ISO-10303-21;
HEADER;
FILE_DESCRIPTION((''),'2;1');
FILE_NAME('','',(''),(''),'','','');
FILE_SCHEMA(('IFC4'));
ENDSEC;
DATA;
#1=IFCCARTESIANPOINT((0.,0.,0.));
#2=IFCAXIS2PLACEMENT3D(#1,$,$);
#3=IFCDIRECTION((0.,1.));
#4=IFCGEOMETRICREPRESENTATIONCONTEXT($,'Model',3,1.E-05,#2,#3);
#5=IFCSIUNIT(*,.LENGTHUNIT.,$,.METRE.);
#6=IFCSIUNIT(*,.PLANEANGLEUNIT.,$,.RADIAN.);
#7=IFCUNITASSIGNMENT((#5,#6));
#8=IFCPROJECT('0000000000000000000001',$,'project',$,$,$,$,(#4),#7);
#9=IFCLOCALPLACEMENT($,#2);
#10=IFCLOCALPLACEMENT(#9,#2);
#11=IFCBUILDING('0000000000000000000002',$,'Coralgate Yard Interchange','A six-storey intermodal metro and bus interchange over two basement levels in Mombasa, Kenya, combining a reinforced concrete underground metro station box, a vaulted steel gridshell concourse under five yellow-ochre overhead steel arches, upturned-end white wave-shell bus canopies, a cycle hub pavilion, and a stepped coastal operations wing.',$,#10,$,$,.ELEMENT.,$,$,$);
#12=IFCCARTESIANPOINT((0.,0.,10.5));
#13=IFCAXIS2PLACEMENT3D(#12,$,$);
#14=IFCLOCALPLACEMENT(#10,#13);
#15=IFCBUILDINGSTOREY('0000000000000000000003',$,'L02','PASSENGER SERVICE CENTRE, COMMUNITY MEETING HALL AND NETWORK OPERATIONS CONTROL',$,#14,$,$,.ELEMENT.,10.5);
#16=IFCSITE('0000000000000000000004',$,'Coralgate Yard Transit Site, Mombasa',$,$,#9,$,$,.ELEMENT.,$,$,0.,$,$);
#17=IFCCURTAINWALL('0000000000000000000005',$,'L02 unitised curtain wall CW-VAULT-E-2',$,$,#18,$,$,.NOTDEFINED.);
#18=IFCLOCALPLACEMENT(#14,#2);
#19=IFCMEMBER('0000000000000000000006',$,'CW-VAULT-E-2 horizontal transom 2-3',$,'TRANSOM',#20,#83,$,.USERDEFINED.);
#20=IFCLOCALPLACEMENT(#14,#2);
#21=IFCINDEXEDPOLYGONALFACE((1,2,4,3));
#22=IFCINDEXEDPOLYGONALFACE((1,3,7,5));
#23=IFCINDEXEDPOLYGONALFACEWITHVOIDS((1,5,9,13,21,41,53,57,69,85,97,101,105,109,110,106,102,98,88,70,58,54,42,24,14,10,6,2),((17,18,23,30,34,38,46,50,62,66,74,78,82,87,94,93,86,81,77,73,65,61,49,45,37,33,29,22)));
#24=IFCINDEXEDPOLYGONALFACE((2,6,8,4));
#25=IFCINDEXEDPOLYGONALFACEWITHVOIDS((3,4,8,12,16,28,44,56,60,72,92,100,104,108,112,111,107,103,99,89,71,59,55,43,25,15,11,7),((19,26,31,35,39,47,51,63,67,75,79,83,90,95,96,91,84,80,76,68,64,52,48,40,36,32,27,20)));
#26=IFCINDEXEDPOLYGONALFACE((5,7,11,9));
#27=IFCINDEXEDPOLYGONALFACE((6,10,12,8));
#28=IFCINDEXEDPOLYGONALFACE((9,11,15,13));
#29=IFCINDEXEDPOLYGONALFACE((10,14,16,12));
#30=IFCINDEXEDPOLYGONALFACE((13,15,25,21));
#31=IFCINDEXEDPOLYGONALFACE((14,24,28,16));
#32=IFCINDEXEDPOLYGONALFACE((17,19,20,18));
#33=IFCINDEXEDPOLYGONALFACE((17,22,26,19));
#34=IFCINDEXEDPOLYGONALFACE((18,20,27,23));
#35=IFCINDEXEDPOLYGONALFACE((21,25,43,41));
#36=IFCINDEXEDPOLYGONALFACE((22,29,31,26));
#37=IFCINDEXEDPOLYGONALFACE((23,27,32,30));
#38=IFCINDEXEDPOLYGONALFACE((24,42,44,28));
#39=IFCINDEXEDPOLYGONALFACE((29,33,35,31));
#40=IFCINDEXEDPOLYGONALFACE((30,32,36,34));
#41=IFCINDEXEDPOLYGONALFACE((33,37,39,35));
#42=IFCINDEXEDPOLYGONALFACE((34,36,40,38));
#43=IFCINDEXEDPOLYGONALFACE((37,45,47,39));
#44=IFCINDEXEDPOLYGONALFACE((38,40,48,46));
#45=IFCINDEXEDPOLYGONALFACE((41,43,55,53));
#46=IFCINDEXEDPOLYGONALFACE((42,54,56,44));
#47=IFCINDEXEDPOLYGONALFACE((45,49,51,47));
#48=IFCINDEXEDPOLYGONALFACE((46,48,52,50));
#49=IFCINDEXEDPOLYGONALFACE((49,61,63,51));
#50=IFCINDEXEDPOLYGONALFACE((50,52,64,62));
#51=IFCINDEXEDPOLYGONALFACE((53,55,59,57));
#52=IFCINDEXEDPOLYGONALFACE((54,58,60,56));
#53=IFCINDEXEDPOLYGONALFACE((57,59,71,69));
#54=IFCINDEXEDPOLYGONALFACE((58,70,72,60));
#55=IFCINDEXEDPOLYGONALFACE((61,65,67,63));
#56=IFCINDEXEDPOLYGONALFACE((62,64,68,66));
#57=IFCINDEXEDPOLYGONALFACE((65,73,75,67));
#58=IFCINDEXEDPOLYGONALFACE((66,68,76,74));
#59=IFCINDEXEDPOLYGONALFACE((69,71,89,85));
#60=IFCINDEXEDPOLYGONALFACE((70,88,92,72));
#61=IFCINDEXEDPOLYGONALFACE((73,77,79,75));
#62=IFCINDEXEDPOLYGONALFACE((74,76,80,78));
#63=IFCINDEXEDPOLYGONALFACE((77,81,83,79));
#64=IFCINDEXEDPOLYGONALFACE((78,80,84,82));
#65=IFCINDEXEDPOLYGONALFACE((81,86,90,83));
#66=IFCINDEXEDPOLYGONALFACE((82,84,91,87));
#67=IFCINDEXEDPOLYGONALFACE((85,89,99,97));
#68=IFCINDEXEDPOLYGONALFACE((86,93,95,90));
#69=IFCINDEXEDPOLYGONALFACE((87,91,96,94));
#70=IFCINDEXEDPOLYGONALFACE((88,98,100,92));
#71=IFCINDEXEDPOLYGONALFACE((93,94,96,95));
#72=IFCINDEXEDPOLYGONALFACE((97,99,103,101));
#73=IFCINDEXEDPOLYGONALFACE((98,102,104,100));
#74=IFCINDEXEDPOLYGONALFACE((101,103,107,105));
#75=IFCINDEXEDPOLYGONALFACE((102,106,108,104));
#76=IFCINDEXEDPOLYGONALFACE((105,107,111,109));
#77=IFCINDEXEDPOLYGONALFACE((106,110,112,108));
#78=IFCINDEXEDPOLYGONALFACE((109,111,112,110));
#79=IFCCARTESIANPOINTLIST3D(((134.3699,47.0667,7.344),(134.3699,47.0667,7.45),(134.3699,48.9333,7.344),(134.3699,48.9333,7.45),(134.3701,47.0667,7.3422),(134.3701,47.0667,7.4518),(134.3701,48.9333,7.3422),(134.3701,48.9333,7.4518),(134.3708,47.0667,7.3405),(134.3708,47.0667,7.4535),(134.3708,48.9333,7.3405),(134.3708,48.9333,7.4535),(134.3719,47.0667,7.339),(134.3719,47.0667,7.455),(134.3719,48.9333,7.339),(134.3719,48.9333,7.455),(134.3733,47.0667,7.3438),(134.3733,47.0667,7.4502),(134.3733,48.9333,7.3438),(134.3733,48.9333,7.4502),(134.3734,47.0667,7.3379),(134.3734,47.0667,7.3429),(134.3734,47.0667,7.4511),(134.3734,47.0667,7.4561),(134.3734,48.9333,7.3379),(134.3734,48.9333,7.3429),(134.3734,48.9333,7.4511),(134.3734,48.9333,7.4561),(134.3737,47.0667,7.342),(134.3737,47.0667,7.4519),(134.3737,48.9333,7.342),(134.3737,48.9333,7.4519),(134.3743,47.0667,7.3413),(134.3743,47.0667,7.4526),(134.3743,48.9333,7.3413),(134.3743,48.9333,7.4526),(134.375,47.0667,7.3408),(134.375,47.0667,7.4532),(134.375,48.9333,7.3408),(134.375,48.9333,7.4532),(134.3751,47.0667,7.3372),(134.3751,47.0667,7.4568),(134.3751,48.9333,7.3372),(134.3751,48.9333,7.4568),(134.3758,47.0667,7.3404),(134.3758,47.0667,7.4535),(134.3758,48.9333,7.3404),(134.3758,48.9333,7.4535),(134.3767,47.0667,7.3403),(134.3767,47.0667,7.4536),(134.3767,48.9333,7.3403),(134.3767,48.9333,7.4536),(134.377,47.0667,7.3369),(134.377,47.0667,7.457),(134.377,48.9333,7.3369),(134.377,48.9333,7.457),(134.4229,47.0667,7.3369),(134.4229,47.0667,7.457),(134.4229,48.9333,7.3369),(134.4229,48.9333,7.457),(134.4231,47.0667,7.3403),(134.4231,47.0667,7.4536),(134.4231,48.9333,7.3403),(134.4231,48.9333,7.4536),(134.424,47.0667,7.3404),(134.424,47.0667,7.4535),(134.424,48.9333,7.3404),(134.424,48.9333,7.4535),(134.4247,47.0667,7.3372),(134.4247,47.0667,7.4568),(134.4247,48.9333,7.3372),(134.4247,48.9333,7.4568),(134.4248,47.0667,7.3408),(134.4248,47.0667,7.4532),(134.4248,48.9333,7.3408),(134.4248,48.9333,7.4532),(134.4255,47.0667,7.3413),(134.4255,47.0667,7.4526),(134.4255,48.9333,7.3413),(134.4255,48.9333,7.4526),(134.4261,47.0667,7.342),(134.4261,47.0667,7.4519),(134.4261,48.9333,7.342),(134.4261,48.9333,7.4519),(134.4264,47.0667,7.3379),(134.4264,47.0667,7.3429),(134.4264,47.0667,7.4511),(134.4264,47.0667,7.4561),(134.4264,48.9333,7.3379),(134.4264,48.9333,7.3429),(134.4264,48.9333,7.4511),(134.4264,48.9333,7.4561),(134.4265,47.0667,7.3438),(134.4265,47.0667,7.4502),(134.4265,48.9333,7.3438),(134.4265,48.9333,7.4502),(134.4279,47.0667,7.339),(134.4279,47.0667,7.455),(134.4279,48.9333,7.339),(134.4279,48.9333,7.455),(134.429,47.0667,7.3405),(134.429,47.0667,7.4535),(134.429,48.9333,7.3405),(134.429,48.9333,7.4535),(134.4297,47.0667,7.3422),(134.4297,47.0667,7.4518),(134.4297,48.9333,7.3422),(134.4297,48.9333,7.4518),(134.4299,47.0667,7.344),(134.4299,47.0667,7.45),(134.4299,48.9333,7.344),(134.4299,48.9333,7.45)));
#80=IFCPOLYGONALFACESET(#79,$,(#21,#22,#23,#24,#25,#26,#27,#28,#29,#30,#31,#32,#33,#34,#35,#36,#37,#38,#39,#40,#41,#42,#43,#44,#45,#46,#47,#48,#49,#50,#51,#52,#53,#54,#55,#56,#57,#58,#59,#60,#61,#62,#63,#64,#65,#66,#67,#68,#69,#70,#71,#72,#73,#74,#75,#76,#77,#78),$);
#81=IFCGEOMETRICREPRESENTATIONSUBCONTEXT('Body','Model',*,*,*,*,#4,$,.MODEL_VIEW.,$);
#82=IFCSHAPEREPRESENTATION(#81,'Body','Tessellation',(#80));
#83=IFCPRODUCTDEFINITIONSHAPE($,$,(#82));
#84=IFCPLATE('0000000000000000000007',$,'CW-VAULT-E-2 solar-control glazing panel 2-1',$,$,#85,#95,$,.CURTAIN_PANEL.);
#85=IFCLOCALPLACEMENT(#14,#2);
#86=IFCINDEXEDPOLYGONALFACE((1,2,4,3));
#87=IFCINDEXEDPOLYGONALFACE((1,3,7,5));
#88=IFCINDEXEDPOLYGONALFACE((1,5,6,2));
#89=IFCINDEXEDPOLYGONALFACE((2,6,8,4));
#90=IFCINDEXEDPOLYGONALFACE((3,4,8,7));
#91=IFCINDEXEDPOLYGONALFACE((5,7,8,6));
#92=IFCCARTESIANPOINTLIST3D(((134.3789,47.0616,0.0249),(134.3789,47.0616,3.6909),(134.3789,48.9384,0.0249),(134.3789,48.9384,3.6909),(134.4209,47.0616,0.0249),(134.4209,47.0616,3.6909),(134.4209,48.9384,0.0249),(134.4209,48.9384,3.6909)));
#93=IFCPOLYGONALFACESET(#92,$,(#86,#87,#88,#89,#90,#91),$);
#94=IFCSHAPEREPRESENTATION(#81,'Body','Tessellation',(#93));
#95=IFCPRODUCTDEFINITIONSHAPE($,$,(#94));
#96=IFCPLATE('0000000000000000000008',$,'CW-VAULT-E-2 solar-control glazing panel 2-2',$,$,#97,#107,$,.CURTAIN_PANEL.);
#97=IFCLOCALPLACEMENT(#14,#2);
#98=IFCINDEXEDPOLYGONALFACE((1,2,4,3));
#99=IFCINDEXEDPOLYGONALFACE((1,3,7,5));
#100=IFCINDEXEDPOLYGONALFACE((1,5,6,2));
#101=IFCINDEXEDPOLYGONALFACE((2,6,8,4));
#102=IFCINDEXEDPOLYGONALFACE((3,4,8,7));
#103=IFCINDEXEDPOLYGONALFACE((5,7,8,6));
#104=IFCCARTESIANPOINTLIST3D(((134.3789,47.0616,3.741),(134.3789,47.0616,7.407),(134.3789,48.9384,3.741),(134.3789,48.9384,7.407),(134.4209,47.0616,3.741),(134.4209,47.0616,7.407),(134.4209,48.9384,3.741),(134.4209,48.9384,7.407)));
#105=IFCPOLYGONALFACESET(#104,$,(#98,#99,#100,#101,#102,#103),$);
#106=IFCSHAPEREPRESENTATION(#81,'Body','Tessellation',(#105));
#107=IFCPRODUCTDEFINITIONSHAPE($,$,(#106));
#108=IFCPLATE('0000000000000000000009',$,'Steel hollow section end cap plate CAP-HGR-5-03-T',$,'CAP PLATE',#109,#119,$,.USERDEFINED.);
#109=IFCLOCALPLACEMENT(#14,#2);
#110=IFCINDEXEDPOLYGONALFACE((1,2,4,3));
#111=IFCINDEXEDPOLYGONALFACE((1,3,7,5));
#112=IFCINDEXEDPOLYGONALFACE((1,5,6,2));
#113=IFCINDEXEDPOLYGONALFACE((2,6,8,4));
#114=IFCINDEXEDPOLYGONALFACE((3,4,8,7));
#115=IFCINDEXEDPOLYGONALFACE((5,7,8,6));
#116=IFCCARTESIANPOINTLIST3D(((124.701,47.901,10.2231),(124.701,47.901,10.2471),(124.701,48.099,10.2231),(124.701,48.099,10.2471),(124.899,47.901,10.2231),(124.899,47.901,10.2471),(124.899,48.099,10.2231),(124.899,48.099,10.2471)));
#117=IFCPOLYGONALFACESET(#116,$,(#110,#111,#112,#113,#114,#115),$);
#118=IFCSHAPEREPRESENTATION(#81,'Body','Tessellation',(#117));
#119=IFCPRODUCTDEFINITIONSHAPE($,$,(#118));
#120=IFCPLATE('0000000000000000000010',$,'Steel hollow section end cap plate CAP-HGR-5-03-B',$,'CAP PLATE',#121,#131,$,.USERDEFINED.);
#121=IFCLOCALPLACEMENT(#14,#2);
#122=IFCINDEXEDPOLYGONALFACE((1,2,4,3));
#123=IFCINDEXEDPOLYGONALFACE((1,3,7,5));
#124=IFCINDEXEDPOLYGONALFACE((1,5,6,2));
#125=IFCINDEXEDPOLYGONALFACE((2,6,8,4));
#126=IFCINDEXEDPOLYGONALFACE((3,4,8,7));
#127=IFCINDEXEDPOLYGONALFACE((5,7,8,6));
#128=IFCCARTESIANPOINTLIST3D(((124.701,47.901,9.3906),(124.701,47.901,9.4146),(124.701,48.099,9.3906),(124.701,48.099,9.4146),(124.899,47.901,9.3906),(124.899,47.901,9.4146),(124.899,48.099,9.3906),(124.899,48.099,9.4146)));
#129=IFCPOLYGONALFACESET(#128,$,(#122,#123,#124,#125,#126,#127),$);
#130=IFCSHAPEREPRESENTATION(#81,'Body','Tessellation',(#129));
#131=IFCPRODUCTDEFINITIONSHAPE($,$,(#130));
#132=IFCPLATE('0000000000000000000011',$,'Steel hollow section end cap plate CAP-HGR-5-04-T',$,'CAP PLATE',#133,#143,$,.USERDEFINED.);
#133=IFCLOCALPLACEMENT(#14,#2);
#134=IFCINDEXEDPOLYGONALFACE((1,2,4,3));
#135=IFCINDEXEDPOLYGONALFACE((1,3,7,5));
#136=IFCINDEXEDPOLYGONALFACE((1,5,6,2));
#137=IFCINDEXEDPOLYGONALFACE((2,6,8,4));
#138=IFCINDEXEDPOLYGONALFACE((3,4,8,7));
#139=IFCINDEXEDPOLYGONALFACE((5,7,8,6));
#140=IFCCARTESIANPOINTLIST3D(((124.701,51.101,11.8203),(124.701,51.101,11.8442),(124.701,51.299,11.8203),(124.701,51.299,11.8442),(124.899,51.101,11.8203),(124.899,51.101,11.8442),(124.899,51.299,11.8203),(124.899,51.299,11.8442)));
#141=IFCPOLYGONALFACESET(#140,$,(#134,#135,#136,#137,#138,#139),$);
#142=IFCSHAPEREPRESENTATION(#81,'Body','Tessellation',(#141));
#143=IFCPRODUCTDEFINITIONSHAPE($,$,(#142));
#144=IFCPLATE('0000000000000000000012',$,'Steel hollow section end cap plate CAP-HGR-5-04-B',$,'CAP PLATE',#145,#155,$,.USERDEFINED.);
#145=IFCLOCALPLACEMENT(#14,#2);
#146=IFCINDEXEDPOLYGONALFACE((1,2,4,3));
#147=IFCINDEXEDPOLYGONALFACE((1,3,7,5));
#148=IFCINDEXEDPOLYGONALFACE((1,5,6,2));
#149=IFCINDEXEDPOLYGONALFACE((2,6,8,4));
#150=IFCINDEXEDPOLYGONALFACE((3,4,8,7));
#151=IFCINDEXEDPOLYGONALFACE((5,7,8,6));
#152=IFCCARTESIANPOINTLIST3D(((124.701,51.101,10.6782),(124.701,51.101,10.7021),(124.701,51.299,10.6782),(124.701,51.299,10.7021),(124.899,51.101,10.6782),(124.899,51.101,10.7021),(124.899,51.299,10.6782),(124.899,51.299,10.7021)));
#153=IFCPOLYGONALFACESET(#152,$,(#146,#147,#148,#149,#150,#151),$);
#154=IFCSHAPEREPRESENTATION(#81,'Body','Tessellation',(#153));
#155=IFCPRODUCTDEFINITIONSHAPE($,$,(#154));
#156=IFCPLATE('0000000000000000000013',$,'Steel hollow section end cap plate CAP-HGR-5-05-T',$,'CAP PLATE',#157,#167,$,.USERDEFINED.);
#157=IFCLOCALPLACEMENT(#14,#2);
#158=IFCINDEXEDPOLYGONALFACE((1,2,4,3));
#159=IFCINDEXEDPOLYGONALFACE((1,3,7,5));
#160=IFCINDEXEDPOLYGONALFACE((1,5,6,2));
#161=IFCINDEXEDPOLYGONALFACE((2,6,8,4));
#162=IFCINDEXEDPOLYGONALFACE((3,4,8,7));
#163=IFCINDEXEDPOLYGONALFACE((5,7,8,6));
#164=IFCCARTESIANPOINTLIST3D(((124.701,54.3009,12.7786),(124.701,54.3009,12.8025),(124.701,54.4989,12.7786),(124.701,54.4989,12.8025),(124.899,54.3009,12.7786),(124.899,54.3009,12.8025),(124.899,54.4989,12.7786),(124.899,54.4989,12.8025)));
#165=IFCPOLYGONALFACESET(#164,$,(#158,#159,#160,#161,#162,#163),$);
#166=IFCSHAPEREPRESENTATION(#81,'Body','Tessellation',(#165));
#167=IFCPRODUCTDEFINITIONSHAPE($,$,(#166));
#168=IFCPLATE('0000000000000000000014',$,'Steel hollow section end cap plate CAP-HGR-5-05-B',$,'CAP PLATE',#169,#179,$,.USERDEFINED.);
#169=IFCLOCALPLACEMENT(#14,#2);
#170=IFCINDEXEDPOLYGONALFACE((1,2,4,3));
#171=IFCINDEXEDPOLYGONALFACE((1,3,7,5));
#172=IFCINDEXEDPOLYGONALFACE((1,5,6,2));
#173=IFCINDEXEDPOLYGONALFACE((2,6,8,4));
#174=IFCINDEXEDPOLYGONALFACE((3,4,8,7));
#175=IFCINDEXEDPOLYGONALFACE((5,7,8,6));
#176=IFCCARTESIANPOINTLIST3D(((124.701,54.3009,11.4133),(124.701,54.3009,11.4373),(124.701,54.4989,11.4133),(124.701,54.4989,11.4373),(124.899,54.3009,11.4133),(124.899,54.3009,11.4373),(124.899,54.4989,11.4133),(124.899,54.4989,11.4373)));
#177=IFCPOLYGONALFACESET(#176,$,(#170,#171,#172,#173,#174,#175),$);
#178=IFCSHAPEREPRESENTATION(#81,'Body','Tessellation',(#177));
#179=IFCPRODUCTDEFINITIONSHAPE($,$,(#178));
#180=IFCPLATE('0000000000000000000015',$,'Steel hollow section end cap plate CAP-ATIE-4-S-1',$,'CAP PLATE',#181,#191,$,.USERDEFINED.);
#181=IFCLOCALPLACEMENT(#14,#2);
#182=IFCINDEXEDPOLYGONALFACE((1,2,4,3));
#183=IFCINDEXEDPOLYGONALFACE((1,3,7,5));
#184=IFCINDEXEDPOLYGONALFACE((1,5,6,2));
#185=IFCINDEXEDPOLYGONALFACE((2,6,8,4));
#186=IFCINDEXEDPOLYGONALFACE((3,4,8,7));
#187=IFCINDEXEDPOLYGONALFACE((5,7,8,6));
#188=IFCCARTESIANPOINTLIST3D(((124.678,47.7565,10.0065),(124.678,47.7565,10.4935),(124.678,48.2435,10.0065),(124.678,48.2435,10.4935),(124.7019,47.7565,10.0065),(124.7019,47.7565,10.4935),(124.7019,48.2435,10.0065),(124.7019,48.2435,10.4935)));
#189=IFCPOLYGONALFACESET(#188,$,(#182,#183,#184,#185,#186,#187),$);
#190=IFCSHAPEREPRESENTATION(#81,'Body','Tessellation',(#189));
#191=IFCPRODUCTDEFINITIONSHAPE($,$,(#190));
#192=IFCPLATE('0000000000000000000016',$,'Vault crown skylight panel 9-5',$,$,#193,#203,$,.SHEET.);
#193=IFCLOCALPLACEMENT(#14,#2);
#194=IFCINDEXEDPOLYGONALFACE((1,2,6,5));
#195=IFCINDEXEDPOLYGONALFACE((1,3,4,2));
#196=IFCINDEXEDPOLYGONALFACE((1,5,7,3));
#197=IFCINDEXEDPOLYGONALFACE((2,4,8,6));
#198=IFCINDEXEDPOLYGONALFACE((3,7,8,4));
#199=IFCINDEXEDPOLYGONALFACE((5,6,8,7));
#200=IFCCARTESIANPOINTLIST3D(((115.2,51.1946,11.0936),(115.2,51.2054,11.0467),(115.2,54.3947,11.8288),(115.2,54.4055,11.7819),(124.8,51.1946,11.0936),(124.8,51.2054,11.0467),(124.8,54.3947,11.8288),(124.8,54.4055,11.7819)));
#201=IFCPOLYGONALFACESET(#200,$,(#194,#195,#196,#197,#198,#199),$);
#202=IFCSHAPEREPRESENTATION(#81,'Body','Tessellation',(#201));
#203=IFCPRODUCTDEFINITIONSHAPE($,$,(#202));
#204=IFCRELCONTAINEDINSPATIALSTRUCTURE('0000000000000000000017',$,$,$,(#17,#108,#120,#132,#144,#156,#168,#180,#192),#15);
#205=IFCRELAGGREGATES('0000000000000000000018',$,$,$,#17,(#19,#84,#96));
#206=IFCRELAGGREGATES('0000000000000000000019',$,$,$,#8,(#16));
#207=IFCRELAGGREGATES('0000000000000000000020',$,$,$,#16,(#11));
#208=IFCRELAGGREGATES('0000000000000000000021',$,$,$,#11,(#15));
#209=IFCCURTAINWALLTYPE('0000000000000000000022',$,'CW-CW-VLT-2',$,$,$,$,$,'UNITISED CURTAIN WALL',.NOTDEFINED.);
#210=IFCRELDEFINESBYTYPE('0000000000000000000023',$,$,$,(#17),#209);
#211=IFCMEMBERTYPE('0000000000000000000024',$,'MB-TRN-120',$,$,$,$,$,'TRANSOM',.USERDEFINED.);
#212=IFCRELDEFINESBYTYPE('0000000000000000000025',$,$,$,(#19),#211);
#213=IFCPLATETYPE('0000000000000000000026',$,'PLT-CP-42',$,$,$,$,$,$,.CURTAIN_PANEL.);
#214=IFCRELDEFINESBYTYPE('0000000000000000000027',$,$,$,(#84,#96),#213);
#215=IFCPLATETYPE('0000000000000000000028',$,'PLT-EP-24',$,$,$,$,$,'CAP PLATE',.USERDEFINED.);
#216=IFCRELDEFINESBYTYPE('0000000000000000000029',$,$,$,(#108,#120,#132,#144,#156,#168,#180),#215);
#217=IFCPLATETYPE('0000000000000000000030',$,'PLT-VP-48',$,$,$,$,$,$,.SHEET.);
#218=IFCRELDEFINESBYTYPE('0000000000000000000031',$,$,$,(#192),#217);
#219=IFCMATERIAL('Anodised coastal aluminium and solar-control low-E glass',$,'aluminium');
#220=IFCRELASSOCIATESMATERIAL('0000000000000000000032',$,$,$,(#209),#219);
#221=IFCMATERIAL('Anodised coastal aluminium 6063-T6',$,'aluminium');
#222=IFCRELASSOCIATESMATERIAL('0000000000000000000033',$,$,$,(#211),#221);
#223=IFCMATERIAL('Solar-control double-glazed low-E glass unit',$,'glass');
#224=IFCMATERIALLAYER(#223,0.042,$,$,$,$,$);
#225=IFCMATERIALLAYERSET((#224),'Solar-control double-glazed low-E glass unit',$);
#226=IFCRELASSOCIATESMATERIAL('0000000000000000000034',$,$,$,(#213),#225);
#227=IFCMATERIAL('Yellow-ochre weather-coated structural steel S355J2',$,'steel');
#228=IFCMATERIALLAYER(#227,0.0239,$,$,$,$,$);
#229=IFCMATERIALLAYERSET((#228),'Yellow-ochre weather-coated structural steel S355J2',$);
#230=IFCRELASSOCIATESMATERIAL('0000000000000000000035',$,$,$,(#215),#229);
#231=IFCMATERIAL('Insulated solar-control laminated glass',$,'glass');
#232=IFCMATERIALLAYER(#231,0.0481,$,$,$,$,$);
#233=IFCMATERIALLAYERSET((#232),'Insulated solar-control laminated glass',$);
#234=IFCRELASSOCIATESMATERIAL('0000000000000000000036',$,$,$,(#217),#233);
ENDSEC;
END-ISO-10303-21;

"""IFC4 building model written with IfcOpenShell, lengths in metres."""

from ifc_helpers import new_model, si_unit, direction, frame, origin, origin_2d, place, context, subcontext, project, spatial, rectangle, hollow_rectangle, extrude, material, layer, layer_set, material_profile, profile_set, type_object, element, aggregate, save


model = new_model("IFC4")

# Units and contexts
model_context = context("Model", 3, precision=1e-05, world=origin(), true_north=direction((0.0, 1.0)))
body_context = subcontext(model_context, "Body", "Model", "MODEL_VIEW")
ifc_project = project(units=[si_unit("LENGTHUNIT", "METRE"), si_unit("PLANEANGLEUNIT", "RADIAN")], contexts=[model_context])

# Site, building, storey
site_placement = place(None, origin())
site = spatial("IfcSite", under=ifc_project, at=site_placement, Name="Coralgate Yard Transit Site, Mombasa", CompositionType="ELEMENT", RefElevation=0.0)
building_placement = place(site_placement, origin())
building = spatial("IfcBuilding", under=site, at=building_placement, Name="Coralgate Yard Interchange", Description="A six-storey intermodal metro and bus interchange over two basement levels in Mombasa, Kenya, combining a reinforced concrete underground metro station box, a vaulted steel gridshell concourse under five yellow-ochre overhead steel arches, upturned-end white wave-shell bus canopies, a cycle hub pavilion, and a stepped coastal operations wing.", CompositionType="ELEMENT")
storey_placement = place(building_placement, frame((0.0, 0.0, 10.5)))
storey = spatial("IfcBuildingStorey", under=building, at=storey_placement, Name="L02", Description="PASSENGER SERVICE CENTRE, COMMUNITY MEETING HALL AND NETWORK OPERATIONS CONTROL", CompositionType="ELEMENT", Elevation=10.5)

# Shared definitions
ifc_material_1 = material(Name="Yellow-ochre weather-coated structural steel S355J2", Category="steel")

# Curtain wall
ifc_material_2 = material(Name="Anodised coastal aluminium and solar-control low-E glass", Category="aluminium")
curtain_wall_type = type_object("IfcCurtainWallType", Name="CW-CW-VLT-2", ElementType="UNITISED CURTAIN WALL", PredefinedType="NOTDEFINED", material=ifc_material_2)
curtain_wall_placement = place(storey_placement, origin())
curtain_wall = element("IfcCurtainWall", 1, at=curtain_wall_placement, inside=storey, type_object=curtain_wall_type, Name="L02 unitised curtain wall CW-VAULT-E-2", PredefinedType="NOTDEFINED")
ifc_material_3 = material(Name="Anodised coastal aluminium 6063-T6", Category="aluminium")

# Member
ifc_material_profile_1 = material_profile(ifc_material_3, hollow_rectangle(XDim=0.0601, YDim=0.1201, WallThickness=0.0034, InnerFilletRadius=0.0034, OuterFilletRadius=0.0071, at=origin_2d()), Name="ALU 60x120x3.5")
ifc_profile_set_1 = profile_set([ifc_material_profile_1], Name="Anodised coastal aluminium 6063-T6")
member_type_1 = type_object("IfcMemberType", Name="MB-TRN-120", ElementType="TRANSOM", PredefinedType="USERDEFINED", material=ifc_profile_set_1)
member_1_placement = place(storey_placement, frame((134.3999, 48.9333, 7.397), z_axis=(0.0, -1.0, 0.0), x_axis=(1.0, 0.0, 0.0)))
member_1 = element("IfcMember", 2, at=member_1_placement, type_object=member_type_1, Name="CW-VAULT-E-2 horizontal transom 2-3", ObjectType="TRANSOM", PredefinedType="USERDEFINED", context=body_context, shape_type="SweptSolid", body=[
    extrude(hollow_rectangle(XDim=0.0601, YDim=0.1201, WallThickness=0.0034, InnerFilletRadius=0.0034, OuterFilletRadius=0.0071, at=origin_2d()), origin(), (0.0, 0.0, 1.0), 1.8667),
])

# Plates
ifc_material_4 = material(Name="Solar-control double-glazed low-E glass unit", Category="glass")
ifc_layer_1 = layer(ifc_material_4, 0.042)
ifc_layer_set_1 = layer_set([ifc_layer_1], Name="Solar-control double-glazed low-E glass unit")
plate_type_1 = type_object("IfcPlateType", Name="PLT-CP-42", PredefinedType="CURTAIN_PANEL", material=ifc_layer_set_1)
plate_1_placement = place(storey_placement, frame((134.3999, 48.0, 0.0249), z_axis=(0.0, 0.0, 1.0), x_axis=(0.0, -1.0, 0.0)))
plate_1 = element("IfcPlate", 3, at=plate_1_placement, type_object=plate_type_1, Name="CW-VAULT-E-2 solar-control glazing panel 2-1", PredefinedType="CURTAIN_PANEL", context=body_context, shape_type="SweptSolid", body=[
    extrude(rectangle(XDim=1.8767, YDim=0.042, at=origin_2d()), origin(), (0.0, 0.0, 1.0), 3.666),
])
plate_2_placement = place(storey_placement, frame((134.3999, 48.0, 3.741), z_axis=(0.0, 0.0, 1.0), x_axis=(0.0, -1.0, 0.0)))
plate_2 = element("IfcPlate", 4, at=plate_2_placement, type_object=plate_type_1, Name="CW-VAULT-E-2 solar-control glazing panel 2-2", PredefinedType="CURTAIN_PANEL", context=body_context, shape_type="SweptSolid", body=[
    extrude(rectangle(XDim=1.8767, YDim=0.042, at=origin_2d()), origin(), (0.0, 0.0, 1.0), 3.666),
])
aggregate(curtain_wall, [member_1, plate_1, plate_2])

# Plates
ifc_layer_2 = layer(ifc_material_1, 0.0239)
ifc_layer_set_2 = layer_set([ifc_layer_2], Name="Yellow-ochre weather-coated structural steel S355J2")
plate_type_2 = type_object("IfcPlateType", Name="PLT-EP-24", ElementType="CAP PLATE", PredefinedType="USERDEFINED", material=ifc_layer_set_2)
for number, where, z_axis, x_axis, name in (
    (5, (124.8, 48.0, 10.2231), (0.0, 0.0, 1.0), (1.0, 0.0, 0.0), "Steel hollow section end cap plate CAP-HGR-5-03-T"),
    (6, (124.8, 48.0, 9.4146), (0.0, 0.0, -1.0), (1.0, 0.0, 0.0), "Steel hollow section end cap plate CAP-HGR-5-03-B"),
    (7, (124.8, 51.2, 11.8203), (0.0, 0.0, 1.0), (1.0, 0.0, 0.0), "Steel hollow section end cap plate CAP-HGR-5-04-T"),
    (8, (124.8, 51.2, 10.7021), (0.0, 0.0, -1.0), (1.0, 0.0, 0.0), "Steel hollow section end cap plate CAP-HGR-5-04-B"),
    (9, (124.8, 54.3999, 12.7786), (0.0, 0.0, 1.0), (1.0, 0.0, 0.0), "Steel hollow section end cap plate CAP-HGR-5-05-T"),
    (10, (124.8, 54.3999, 11.4373), (0.0, 0.0, -1.0), (1.0, 0.0, 0.0), "Steel hollow section end cap plate CAP-HGR-5-05-B"),
):
    element("IfcPlate", number, at=place(storey_placement, frame(where, z_axis=z_axis, x_axis=x_axis)), inside=storey, type_object=plate_type_2, Name=name, ObjectType="CAP PLATE", PredefinedType="USERDEFINED", context=body_context, shape_type="SweptSolid", body=[
        extrude(rectangle(XDim=0.198, YDim=0.198, at=origin_2d()), origin(), (0.0, 0.0, 1.0), 0.0239),
    ])
plate_3_placement = place(storey_placement, frame((124.678, 48.0, 10.25), z_axis=(1.0, 0.0, 0.0), x_axis=(0.0, 1.0, 0.0)))
element("IfcPlate", 11, at=plate_3_placement, inside=storey, type_object=plate_type_2, Name="Steel hollow section end cap plate CAP-ATIE-4-S-1", ObjectType="CAP PLATE", PredefinedType="USERDEFINED", context=body_context, shape_type="SweptSolid", body=[
    extrude(rectangle(XDim=0.4871, YDim=0.4871, at=origin_2d()), origin(), (0.0, 0.0, 1.0), 0.0239),
])
ifc_material_5 = material(Name="Insulated solar-control laminated glass", Category="glass")
ifc_layer_3 = layer(ifc_material_5, 0.0481)
ifc_layer_set_3 = layer_set([ifc_layer_3], Name="Insulated solar-control laminated glass")
plate_type_3 = type_object("IfcPlateType", Name="PLT-VP-48", PredefinedType="SHEET", material=ifc_layer_set_3)
for number, where, z_axis, x_axis, name in (
    (12, (120.0, 52.8054, 11.4143), (0.0, -0.223916, 0.974608), (1.0, 0.0, 0.0), "Vault crown skylight panel 9-5"),
):
    element("IfcPlate", number, at=place(storey_placement, frame(where, z_axis=z_axis, x_axis=x_axis)), inside=storey, type_object=plate_type_3, Name=name, PredefinedType="SHEET", context=body_context, shape_type="SweptSolid", body=[
        extrude(rectangle(XDim=9.6001, YDim=3.2834, at=origin_2d()), origin(), (0.0, 0.0, 1.0), 0.0481),
    ])

save(model, "model.ifc")
